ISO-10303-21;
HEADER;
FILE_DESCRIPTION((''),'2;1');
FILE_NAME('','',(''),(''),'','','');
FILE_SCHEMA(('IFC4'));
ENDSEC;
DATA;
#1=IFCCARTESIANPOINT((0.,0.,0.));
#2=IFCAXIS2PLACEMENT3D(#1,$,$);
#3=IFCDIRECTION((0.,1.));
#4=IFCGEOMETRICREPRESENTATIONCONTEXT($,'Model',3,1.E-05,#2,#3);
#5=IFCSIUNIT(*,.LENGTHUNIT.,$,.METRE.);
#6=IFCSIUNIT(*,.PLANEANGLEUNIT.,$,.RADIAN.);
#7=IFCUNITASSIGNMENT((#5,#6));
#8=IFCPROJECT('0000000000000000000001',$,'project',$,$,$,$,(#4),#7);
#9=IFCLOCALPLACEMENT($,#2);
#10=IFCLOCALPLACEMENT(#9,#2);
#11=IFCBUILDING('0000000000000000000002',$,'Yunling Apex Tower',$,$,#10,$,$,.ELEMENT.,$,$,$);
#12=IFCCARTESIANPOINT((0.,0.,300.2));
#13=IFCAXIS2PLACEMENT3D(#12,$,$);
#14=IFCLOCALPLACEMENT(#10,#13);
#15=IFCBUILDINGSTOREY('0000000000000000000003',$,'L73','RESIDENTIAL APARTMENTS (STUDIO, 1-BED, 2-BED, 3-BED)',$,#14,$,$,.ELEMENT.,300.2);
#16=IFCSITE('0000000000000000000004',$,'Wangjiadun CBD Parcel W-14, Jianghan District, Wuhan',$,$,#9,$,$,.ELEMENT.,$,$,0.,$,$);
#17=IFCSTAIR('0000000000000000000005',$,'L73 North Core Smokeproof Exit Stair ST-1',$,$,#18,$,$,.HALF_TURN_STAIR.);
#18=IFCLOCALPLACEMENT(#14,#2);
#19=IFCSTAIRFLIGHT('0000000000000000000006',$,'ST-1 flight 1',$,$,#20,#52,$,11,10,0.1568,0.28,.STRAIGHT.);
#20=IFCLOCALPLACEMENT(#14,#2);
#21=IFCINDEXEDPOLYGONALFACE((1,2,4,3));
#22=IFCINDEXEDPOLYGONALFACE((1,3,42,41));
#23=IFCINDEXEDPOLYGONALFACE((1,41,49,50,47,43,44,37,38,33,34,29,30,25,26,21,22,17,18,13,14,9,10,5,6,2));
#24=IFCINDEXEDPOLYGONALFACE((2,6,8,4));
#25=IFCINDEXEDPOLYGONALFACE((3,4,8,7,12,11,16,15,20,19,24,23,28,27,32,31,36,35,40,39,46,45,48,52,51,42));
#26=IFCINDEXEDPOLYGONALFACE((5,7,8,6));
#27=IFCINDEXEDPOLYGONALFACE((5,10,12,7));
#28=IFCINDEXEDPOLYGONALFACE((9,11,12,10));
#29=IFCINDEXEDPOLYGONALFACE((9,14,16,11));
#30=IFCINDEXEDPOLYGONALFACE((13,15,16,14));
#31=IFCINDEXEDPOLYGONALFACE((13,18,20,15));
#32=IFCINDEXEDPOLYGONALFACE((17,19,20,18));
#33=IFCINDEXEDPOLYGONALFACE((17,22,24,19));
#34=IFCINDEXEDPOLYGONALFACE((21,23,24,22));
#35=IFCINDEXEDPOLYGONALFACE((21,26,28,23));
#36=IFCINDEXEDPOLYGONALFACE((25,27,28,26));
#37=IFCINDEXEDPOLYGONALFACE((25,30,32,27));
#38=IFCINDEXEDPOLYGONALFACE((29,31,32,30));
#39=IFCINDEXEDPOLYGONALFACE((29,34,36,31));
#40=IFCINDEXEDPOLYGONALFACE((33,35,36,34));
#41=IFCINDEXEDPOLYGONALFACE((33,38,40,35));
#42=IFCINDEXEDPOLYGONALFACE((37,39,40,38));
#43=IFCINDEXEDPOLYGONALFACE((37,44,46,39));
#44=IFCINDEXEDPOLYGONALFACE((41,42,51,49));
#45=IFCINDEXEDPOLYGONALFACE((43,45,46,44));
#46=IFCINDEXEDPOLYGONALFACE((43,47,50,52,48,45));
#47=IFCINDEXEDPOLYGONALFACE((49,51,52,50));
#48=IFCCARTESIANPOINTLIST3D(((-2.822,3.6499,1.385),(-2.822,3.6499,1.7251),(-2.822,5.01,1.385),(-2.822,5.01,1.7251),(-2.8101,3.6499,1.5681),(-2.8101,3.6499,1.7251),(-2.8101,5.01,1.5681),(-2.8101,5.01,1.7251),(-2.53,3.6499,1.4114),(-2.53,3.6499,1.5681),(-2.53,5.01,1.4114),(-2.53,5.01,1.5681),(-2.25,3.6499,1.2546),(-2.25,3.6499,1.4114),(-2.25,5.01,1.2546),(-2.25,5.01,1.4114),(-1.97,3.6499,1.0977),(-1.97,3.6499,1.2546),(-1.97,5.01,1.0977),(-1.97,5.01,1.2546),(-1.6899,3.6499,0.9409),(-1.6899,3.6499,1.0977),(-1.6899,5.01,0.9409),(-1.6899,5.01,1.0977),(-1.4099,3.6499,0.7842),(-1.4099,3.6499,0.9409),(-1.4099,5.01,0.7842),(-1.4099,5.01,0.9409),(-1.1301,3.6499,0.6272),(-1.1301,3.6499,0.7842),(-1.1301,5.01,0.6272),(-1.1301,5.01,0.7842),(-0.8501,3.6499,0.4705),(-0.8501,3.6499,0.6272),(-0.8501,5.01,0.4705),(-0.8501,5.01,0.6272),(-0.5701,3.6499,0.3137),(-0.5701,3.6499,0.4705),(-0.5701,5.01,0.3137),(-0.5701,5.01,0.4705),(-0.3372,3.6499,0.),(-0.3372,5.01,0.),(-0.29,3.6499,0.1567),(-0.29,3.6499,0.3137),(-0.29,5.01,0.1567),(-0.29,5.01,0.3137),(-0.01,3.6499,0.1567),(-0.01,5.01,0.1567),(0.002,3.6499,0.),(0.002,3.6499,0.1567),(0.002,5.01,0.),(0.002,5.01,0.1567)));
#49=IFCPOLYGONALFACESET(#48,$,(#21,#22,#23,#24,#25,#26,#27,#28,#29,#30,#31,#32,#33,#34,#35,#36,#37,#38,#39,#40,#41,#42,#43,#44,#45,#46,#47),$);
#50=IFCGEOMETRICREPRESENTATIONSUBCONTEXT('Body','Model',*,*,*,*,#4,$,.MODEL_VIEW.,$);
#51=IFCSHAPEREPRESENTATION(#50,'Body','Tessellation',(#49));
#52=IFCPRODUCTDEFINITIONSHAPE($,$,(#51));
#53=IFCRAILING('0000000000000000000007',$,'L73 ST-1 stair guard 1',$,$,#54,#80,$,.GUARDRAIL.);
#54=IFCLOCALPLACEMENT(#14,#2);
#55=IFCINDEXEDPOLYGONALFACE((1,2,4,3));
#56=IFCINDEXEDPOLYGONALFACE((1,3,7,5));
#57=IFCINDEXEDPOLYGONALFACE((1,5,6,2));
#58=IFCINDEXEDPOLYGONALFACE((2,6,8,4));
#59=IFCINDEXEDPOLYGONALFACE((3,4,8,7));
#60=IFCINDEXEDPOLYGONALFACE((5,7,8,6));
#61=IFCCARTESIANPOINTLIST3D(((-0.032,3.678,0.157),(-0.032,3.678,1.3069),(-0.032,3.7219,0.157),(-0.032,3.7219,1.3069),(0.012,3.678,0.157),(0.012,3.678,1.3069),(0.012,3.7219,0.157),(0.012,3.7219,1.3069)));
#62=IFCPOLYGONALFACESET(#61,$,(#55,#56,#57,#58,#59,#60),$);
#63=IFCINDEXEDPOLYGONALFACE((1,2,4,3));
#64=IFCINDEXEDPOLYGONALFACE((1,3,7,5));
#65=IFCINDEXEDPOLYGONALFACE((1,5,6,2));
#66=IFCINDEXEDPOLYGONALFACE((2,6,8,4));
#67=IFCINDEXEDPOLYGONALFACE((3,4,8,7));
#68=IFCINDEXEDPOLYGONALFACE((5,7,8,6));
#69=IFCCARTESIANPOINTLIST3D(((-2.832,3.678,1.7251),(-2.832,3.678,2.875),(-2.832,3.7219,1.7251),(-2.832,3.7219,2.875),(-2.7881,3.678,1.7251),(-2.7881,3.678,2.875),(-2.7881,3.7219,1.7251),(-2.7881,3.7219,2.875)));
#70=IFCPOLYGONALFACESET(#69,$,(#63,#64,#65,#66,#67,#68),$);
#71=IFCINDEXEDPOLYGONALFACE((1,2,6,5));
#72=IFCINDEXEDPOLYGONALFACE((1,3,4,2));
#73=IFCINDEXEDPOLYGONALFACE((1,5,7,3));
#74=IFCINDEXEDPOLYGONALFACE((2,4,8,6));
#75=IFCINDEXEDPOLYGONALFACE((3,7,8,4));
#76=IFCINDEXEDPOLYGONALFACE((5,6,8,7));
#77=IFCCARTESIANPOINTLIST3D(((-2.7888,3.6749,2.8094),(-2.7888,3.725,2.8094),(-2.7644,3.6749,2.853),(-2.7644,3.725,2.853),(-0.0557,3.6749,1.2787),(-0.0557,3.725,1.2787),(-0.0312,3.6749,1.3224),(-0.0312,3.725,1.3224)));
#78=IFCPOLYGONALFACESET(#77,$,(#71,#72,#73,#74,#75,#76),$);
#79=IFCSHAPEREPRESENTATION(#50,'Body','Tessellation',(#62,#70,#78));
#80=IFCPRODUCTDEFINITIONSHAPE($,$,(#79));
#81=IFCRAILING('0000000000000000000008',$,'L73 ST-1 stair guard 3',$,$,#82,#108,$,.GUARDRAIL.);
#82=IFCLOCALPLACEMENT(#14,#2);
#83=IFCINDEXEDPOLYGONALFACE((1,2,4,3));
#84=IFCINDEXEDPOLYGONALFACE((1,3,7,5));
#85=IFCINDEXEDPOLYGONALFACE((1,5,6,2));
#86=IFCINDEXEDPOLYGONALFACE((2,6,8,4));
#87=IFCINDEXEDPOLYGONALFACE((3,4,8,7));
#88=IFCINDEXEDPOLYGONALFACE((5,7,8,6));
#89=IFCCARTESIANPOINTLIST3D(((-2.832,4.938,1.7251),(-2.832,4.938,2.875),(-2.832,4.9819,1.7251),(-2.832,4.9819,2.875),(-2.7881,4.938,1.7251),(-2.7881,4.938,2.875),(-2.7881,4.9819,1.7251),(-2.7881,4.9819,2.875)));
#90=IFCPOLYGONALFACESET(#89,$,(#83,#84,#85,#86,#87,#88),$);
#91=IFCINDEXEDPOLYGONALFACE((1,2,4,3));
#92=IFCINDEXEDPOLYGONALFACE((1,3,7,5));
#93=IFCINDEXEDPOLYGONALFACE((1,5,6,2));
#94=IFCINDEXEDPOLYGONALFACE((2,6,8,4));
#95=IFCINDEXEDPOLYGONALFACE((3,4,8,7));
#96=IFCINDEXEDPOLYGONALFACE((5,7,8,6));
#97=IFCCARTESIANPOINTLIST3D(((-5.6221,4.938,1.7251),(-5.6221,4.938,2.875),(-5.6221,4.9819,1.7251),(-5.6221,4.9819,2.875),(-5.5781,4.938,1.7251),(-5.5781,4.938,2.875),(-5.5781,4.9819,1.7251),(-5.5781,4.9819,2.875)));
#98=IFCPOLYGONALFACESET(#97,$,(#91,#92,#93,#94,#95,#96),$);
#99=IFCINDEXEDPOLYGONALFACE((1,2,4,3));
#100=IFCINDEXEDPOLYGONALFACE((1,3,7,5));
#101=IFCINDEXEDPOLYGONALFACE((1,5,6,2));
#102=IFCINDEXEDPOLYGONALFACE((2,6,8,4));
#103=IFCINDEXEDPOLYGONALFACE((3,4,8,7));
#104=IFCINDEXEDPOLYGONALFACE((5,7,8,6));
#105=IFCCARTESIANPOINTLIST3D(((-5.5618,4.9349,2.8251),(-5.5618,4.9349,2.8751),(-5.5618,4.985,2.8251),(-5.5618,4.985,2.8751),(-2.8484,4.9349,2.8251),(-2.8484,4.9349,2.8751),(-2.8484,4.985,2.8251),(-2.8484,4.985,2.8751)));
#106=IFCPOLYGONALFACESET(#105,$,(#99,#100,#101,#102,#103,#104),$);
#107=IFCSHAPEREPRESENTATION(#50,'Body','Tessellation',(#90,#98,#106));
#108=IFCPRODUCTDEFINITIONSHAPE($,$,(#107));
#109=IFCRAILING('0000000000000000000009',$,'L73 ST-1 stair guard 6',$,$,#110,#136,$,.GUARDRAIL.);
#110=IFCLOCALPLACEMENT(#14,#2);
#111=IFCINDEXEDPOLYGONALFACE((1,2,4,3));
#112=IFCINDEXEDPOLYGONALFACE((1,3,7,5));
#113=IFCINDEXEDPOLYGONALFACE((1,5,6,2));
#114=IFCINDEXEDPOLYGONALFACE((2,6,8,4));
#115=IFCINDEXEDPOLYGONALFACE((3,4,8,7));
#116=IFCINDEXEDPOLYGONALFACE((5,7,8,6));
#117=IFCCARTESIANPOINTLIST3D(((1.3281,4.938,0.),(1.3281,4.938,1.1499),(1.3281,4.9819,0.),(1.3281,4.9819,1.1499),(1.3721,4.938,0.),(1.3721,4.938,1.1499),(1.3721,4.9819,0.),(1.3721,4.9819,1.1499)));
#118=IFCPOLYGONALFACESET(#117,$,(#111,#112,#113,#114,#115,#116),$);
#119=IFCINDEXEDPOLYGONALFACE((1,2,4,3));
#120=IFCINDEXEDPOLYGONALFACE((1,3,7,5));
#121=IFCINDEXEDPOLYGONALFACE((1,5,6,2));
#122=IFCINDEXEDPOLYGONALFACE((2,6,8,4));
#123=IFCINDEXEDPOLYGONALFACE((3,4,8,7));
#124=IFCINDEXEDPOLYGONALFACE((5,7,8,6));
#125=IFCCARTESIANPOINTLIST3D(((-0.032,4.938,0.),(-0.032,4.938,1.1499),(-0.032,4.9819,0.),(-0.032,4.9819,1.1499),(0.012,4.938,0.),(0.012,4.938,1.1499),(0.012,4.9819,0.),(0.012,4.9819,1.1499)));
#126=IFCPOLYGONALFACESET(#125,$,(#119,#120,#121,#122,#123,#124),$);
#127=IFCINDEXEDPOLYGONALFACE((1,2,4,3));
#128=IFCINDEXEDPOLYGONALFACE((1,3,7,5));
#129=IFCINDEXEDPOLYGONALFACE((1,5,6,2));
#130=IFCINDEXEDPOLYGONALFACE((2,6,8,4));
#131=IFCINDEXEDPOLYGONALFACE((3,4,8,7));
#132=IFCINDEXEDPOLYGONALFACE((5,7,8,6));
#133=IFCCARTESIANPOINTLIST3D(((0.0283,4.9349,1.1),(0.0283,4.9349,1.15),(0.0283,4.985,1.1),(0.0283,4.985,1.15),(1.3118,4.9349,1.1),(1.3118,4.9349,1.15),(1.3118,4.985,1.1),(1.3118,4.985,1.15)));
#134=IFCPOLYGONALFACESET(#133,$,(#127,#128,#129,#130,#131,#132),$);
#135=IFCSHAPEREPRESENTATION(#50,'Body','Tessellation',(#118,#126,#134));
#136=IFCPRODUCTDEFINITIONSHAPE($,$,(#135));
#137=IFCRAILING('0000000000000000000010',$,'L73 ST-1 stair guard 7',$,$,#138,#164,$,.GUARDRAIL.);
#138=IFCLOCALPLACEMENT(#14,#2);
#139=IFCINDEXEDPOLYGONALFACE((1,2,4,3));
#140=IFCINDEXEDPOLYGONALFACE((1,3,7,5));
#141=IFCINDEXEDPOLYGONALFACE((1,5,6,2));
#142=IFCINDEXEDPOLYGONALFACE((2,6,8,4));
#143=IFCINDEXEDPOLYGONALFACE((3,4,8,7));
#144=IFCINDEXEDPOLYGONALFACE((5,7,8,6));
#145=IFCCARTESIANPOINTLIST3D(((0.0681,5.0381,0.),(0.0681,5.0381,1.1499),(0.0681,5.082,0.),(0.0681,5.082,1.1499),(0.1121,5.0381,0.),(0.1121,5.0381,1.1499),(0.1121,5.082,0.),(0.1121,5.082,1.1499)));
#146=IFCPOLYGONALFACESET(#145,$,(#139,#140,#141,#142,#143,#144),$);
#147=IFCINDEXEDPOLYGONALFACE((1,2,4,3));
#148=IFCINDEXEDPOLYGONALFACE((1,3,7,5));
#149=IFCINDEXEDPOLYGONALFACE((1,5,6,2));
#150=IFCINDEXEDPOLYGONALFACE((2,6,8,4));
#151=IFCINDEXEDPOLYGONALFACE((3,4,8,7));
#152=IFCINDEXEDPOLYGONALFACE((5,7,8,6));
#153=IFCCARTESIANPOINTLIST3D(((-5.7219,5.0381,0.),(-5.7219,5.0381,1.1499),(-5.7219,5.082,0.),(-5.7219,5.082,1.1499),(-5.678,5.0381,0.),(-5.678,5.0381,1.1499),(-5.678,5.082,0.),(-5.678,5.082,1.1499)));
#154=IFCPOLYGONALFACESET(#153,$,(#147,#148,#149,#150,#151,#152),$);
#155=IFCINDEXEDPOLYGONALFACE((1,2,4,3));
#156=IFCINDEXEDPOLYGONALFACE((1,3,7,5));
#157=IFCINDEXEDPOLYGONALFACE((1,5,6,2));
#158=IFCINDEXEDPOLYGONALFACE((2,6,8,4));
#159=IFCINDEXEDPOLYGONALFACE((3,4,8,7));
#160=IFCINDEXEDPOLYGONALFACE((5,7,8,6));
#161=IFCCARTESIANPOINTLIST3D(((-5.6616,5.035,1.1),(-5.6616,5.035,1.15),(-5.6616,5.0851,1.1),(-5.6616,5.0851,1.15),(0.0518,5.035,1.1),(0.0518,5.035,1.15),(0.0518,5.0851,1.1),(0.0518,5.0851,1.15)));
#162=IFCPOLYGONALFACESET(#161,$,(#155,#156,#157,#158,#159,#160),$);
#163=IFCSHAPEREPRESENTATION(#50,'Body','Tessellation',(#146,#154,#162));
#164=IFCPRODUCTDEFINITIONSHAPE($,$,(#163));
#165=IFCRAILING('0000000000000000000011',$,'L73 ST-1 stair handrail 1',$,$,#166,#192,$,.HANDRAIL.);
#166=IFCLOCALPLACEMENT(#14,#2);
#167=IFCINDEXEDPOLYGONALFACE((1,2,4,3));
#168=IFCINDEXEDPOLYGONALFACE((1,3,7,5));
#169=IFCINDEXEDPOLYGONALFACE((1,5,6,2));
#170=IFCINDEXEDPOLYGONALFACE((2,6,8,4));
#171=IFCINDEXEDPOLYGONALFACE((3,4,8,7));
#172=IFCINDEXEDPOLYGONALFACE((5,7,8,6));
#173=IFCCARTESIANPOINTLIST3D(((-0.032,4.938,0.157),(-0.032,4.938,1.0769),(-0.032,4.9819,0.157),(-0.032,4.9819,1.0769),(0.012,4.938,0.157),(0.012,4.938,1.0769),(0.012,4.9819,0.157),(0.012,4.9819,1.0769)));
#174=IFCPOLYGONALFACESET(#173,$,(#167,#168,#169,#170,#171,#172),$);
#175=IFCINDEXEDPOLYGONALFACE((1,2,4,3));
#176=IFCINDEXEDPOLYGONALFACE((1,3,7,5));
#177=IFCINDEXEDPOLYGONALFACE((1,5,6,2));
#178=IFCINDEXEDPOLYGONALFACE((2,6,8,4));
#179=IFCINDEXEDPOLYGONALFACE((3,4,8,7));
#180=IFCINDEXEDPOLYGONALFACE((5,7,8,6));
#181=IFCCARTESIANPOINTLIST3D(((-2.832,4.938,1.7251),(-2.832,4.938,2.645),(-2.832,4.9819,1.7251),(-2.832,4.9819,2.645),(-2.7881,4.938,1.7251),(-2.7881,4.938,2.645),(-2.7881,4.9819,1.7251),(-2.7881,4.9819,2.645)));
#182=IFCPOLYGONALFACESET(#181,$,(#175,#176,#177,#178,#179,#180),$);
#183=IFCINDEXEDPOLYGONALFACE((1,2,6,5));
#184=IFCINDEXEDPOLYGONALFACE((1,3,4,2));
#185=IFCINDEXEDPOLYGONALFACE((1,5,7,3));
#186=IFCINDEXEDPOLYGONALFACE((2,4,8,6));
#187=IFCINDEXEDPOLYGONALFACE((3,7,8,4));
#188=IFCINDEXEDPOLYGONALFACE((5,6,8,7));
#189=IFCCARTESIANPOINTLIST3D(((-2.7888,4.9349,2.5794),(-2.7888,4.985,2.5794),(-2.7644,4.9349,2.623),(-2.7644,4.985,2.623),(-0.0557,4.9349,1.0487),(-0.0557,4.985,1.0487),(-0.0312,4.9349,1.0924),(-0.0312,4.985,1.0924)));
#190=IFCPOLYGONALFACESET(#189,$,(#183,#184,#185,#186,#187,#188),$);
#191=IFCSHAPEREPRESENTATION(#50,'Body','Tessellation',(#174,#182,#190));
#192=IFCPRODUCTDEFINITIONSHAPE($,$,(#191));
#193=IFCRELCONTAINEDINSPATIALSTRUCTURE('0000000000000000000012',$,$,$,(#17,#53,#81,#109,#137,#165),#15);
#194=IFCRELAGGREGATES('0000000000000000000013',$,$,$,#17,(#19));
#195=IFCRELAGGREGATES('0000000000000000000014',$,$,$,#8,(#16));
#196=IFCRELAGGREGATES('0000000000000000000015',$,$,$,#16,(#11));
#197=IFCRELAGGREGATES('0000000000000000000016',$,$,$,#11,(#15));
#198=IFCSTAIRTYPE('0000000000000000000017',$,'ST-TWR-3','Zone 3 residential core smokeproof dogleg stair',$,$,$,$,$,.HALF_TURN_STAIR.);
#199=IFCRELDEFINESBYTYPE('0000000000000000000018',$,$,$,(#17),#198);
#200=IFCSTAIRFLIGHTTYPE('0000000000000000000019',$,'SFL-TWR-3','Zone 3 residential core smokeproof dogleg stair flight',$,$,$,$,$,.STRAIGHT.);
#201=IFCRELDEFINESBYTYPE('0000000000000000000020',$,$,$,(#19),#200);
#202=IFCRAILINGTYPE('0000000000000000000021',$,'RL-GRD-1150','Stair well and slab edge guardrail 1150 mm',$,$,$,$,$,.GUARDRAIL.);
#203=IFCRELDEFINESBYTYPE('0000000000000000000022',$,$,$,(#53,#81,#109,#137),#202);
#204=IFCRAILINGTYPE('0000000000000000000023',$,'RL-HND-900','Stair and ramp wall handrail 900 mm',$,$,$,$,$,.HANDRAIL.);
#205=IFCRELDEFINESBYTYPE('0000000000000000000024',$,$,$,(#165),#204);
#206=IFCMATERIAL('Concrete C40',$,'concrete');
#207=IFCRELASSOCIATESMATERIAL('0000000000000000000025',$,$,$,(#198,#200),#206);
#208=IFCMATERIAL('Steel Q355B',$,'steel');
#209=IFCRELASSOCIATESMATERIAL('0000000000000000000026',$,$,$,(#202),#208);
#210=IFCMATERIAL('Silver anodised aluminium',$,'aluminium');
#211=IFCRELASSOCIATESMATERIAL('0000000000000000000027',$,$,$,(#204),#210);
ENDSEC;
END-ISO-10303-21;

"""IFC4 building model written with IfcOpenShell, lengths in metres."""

from ifc_helpers import new_model, si_unit, direction, frame, origin, origin_2d, place, context, subcontext, project, spatial, polyline, rectangle, outline, extrude, material, type_object, element, aggregate, save


model = new_model("IFC4")

# Units and contexts
model_context = context("Model", 3, precision=1e-05, world=origin(), true_north=direction((0.0, 1.0)))
body_context = subcontext(model_context, "Body", "Model", "MODEL_VIEW")
ifc_project = project(units=[si_unit("LENGTHUNIT", "METRE"), si_unit("PLANEANGLEUNIT", "RADIAN")], contexts=[model_context])

# Site, building, storey
site_placement = place(None, origin())
site = spatial("IfcSite", under=ifc_project, at=site_placement, Name="Wangjiadun CBD Parcel W-14, Jianghan District, Wuhan", CompositionType="ELEMENT", RefElevation=0.0)
building_placement = place(site_placement, origin())
building = spatial("IfcBuilding", under=site, at=building_placement, Name="Yunling Apex Tower", CompositionType="ELEMENT")
storey_placement = place(building_placement, frame((0.0, 0.0, 300.2)))
storey = spatial("IfcBuildingStorey", under=building, at=storey_placement, Name="L73", Description="RESIDENTIAL APARTMENTS (STUDIO, 1-BED, 2-BED, 3-BED)", CompositionType="ELEMENT", Elevation=300.2)

# Shared definitions
ifc_material_1 = material(Name="Steel Q355B", Category="steel")

# Shared definitions
ifc_material_2 = material(Name="Concrete C40", Category="concrete")

# Stair, stair flight
stair_type = type_object("IfcStairType", Name="ST-TWR-3", Description="Zone 3 residential core smokeproof dogleg stair", PredefinedType="HALF_TURN_STAIR", material=ifc_material_2)
stair_placement = place(storey_placement, origin())
stair = element("IfcStair", 1, at=stair_placement, inside=storey, type_object=stair_type, Name="L73 North Core Smokeproof Exit Stair ST-1", PredefinedType="HALF_TURN_STAIR")
stair_flight_type = type_object("IfcStairFlightType", Name="SFL-TWR-3", Description="Zone 3 residential core smokeproof dogleg stair flight", PredefinedType="STRAIGHT", material=ifc_material_2)
stair_flight_placement = place(storey_placement, frame((-0.01, 4.3301, 0.0), z_axis=(0.0, 0.0, 1.0), x_axis=(-1.0, 0.0, 0.0)))
stair_flight = element("IfcStairFlight", 2, at=stair_flight_placement, type_object=stair_flight_type, Name="ST-1 flight 1", NumberOfRisers=11, NumberOfTreads=10, PredefinedType="STRAIGHT", RiserHeight=0.1568, TreadLength=0.28, context=body_context, shape_type="SweptSolid", body=[
    extrude(outline(polyline([(-0.012, 0.0), (-0.012, 0.1567), (0.0, 0.1567), (0.28, 0.1567), (0.28, 0.3137), (0.5601, 0.3137), (0.5601, 0.4705), (0.8401, 0.4705), (0.8401, 0.6272), (1.1201, 0.6272), (1.1201, 0.7842), (1.3999, 0.7842), (1.3999, 0.9409), (1.6799, 0.9409), (1.6799, 1.0977), (1.96, 1.0977), (1.96, 1.2546), (2.24, 1.2546), (2.24, 1.4114), (2.52, 1.4114), (2.52, 1.5681), (2.8, 1.5681), (2.8, 1.7251), (2.812, 1.7251), (2.812, 1.385), (0.3271, 0.0), (-0.012, 0.0)])), frame((0.0, 0.6802, 0.0), z_axis=(0.0, -1.0, 0.0), x_axis=(1.0, 0.0, 0.0)), (0.0, 0.0, 1.0), 1.3601),
])
aggregate(stair, [stair_flight])

# Railings
railing_type_1 = type_object("IfcRailingType", Name="RL-GRD-1150", Description="Stair well and slab edge guardrail 1150 mm", PredefinedType="GUARDRAIL", material=ifc_material_1)
railing_1_placement = place(storey_placement, frame((-0.01, 3.7, 0.157)))
element("IfcRailing", 3, at=railing_1_placement, inside=storey, type_object=railing_type_1, Name="L73 ST-1 stair guard 1", PredefinedType="GUARDRAIL", context=body_context, shape_type="SweptSolid", body=[
    extrude(rectangle(XDim=0.0439, YDim=0.0439, at=origin_2d()), origin(), (0.0, 0.0, 1.0), 1.1499),
    extrude(rectangle(XDim=0.0439, YDim=0.0439, at=origin_2d()), frame((-2.8, 0.0, 1.5681)), (0.0, 0.0, 1.0), 1.1499),
    extrude(rectangle(XDim=0.05, YDim=0.05, at=origin_2d()), frame((-0.0334, 0.0, 1.1436), z_axis=(-0.872494, 0.0, 0.488624), x_axis=(0.0, -1.0, 0.0)), (0.0, 0.0, 1.0), 3.1326),
])
railing_2_placement = place(storey_placement, frame((-2.8101, 4.96, 1.7251)))
element("IfcRailing", 4, at=railing_2_placement, inside=storey, type_object=railing_type_1, Name="L73 ST-1 stair guard 3", PredefinedType="GUARDRAIL", context=body_context, shape_type="SweptSolid", body=[
    extrude(rectangle(XDim=0.0439, YDim=0.0439, at=origin_2d()), origin(), (0.0, 0.0, 1.0), 1.1499),
    extrude(rectangle(XDim=0.0439, YDim=0.0439, at=origin_2d()), frame((-2.79, 0.0, 0.0)), (0.0, 0.0, 1.0), 1.1499),
    extrude(rectangle(XDim=0.05, YDim=0.05, at=origin_2d()), frame((-0.0383, 0.0, 1.125), z_axis=(-1.0, 0.0, 0.0), x_axis=(0.0, -1.0, 0.0)), (0.0, 0.0, 1.0), 2.7134),
])
railing_3_placement = place(storey_placement, frame((1.3501, 4.96, 0.0)))
element("IfcRailing", 5, at=railing_3_placement, inside=storey, type_object=railing_type_1, Name="L73 ST-1 stair guard 6", PredefinedType="GUARDRAIL", context=body_context, shape_type="SweptSolid", body=[
    extrude(rectangle(XDim=0.0439, YDim=0.0439, at=origin_2d()), origin(), (0.0, 0.0, 1.0), 1.1499),
    extrude(rectangle(XDim=0.0439, YDim=0.0439, at=origin_2d()), frame((-1.3601, 0.0, 0.0)), (0.0, 0.0, 1.0), 1.1499),
    extrude(rectangle(XDim=0.05, YDim=0.05, at=origin_2d()), frame((-0.0383, 0.0, 1.125), z_axis=(-1.0, 0.0, 0.0), x_axis=(0.0, -1.0, 0.0)), (0.0, 0.0, 1.0), 1.2834),
])
railing_4_placement = place(storey_placement, frame((0.0901, 5.0601, 0.0)))
element("IfcRailing", 6, at=railing_4_placement, inside=storey, type_object=railing_type_1, Name="L73 ST-1 stair guard 7", PredefinedType="GUARDRAIL", context=body_context, shape_type="SweptSolid", body=[
    extrude(rectangle(XDim=0.0439, YDim=0.0439, at=origin_2d()), origin(), (0.0, 0.0, 1.0), 1.1499),
    extrude(rectangle(XDim=0.0439, YDim=0.0439, at=origin_2d()), frame((-5.79, 0.0, 0.0)), (0.0, 0.0, 1.0), 1.1499),
    extrude(rectangle(XDim=0.05, YDim=0.05, at=origin_2d()), frame((-0.0383, 0.0, 1.125), z_axis=(-1.0, 0.0, 0.0), x_axis=(0.0, -1.0, 0.0)), (0.0, 0.0, 1.0), 5.7134),
])
ifc_material_3 = material(Name="Silver anodised aluminium", Category="aluminium")
railing_type_2 = type_object("IfcRailingType", Name="RL-HND-900", Description="Stair and ramp wall handrail 900 mm", PredefinedType="HANDRAIL", material=ifc_material_3)
railing_5_placement = place(storey_placement, frame((-0.01, 4.96, 0.157)))
element("IfcRailing", 7, at=railing_5_placement, inside=storey, type_object=railing_type_2, Name="L73 ST-1 stair handrail 1", PredefinedType="HANDRAIL", context=body_context, shape_type="SweptSolid", body=[
    extrude(rectangle(XDim=0.0439, YDim=0.0439, at=origin_2d()), origin(), (0.0, 0.0, 1.0), 0.9199),
    extrude(rectangle(XDim=0.0439, YDim=0.0439, at=origin_2d()), frame((-2.8, 0.0, 1.5681)), (0.0, 0.0, 1.0), 0.9199),
    extrude(rectangle(XDim=0.05, YDim=0.05, at=origin_2d()), frame((-0.0334, 0.0, 0.9136), z_axis=(-0.872494, 0.0, 0.488624), x_axis=(0.0, -1.0, 0.0)), (0.0, 0.0, 1.0), 3.1326),
])

save(model, "model.ifc")
